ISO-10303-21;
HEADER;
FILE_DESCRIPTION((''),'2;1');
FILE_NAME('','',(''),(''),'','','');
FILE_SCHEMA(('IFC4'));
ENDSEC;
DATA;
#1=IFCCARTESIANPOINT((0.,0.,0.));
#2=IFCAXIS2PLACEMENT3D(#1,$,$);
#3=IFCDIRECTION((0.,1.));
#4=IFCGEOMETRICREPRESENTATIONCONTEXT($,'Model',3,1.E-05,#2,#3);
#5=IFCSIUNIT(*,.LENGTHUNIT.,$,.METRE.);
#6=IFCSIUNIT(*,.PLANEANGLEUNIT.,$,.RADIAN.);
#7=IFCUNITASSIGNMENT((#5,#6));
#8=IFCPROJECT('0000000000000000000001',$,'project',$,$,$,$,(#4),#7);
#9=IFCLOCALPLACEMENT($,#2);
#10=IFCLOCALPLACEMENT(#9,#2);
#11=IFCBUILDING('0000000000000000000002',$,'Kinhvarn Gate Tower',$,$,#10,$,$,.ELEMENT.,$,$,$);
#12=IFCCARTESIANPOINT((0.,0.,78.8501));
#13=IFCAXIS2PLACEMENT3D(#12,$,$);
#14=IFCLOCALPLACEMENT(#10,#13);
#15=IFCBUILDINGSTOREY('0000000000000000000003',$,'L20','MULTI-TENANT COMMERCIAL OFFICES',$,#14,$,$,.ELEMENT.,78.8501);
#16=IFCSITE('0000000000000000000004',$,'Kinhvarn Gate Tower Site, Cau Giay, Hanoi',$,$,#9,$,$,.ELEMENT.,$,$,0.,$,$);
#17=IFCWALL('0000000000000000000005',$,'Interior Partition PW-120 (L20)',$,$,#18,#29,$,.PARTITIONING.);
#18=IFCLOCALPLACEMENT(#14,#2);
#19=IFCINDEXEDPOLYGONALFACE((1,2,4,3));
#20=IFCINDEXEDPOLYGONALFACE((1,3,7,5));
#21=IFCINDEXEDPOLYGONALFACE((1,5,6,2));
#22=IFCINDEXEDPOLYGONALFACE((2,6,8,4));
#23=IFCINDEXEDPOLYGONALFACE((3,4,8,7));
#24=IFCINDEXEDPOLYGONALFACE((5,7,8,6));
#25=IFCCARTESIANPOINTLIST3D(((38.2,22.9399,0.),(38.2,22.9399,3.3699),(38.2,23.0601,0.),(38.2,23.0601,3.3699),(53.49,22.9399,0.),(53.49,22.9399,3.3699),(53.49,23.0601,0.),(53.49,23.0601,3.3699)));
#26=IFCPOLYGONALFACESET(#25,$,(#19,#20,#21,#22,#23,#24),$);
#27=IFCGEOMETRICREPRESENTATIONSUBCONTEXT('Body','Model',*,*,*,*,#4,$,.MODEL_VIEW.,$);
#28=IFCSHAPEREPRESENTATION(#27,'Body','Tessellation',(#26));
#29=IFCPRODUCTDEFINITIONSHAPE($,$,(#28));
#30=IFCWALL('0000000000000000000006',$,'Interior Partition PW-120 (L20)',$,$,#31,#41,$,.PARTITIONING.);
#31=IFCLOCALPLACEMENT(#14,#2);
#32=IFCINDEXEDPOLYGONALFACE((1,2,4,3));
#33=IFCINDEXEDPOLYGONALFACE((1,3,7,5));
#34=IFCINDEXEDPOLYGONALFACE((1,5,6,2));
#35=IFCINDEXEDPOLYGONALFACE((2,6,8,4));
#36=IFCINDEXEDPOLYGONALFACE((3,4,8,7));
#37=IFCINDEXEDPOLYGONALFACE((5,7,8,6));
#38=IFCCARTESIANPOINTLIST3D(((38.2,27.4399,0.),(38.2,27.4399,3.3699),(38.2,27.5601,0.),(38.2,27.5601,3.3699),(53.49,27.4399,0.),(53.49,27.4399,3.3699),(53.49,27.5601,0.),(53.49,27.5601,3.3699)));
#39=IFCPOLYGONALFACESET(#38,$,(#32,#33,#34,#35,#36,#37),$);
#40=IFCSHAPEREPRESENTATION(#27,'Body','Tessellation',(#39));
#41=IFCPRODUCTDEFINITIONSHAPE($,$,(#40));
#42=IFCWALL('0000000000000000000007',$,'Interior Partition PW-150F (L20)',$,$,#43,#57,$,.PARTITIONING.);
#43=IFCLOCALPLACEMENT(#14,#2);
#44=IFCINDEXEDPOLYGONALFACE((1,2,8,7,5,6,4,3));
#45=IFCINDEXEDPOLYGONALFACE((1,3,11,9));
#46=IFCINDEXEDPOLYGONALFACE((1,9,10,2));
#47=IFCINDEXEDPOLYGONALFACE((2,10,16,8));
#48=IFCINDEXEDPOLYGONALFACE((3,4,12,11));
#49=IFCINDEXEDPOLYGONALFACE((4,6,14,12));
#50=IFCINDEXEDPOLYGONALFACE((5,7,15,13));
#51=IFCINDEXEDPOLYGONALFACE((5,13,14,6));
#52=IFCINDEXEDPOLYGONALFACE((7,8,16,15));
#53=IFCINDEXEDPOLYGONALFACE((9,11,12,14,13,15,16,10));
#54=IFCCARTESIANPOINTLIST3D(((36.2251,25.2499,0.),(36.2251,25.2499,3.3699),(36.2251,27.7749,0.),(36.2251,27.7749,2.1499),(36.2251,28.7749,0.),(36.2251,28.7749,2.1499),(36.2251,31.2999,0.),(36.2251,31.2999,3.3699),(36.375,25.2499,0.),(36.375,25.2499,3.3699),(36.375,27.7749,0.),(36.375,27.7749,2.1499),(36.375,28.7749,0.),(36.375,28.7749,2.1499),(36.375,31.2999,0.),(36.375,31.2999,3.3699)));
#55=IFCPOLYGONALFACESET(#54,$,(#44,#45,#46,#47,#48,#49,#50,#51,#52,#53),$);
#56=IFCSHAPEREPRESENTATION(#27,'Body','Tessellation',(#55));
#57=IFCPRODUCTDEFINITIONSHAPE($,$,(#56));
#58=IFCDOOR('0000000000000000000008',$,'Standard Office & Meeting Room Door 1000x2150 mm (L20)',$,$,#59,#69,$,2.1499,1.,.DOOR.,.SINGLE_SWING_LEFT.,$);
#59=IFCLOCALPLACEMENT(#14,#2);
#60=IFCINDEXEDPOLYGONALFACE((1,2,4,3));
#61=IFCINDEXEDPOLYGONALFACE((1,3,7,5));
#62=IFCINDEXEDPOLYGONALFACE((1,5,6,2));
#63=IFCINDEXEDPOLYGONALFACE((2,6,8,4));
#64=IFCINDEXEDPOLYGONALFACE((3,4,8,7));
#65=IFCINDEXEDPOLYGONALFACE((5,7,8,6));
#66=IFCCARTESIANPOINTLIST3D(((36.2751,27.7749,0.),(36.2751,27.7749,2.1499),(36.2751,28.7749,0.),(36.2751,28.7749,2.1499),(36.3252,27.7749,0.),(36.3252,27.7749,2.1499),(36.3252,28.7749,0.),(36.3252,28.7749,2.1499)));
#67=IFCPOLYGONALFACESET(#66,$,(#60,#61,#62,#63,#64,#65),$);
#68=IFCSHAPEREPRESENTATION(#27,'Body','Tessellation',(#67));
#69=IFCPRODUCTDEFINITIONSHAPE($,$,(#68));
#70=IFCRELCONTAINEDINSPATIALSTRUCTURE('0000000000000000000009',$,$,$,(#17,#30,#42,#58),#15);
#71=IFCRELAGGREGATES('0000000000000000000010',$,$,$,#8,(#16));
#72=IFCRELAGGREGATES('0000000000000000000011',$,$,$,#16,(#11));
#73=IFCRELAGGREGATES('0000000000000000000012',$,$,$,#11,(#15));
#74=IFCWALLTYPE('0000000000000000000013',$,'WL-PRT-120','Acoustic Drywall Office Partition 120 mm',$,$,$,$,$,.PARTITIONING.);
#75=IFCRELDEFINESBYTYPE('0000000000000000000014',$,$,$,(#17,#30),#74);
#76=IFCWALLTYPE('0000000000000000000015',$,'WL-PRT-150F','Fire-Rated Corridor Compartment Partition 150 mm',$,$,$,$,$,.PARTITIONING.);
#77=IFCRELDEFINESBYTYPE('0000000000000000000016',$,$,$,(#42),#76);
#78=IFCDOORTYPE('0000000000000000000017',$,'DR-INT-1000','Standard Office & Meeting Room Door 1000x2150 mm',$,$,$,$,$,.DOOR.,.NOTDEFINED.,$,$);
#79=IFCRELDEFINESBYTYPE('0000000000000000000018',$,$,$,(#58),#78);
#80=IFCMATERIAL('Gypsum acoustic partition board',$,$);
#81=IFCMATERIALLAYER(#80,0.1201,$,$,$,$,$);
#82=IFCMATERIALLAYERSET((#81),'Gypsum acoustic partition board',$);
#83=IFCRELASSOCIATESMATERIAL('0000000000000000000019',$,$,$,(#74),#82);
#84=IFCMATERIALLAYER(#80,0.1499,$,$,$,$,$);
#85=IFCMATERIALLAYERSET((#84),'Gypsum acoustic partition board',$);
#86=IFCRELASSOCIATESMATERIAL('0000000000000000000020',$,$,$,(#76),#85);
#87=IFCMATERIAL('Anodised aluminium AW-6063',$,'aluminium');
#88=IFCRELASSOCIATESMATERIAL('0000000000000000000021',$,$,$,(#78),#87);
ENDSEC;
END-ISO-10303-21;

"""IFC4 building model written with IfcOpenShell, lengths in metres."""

from ifc_helpers import new_model, si_unit, direction, frame, frame_2d, origin, place, context, subcontext, project, spatial, rectangle, extrude, material, layer, layer_set, type_object, element, fill, save


model = new_model("IFC4")

# Units and contexts
model_context = context("Model", 3, precision=1e-05, world=origin(), true_north=direction((0.0, 1.0)))
body_context = subcontext(model_context, "Body", "Model", "MODEL_VIEW")
ifc_project = project(units=[si_unit("LENGTHUNIT", "METRE"), si_unit("PLANEANGLEUNIT", "RADIAN")], contexts=[model_context])

# Site, building, storey
site_placement = place(None, origin())
site = spatial("IfcSite", under=ifc_project, at=site_placement, Name="Kinhvarn Gate Tower Site, Cau Giay, Hanoi", CompositionType="ELEMENT", RefElevation=0.0)
building_placement = place(site_placement, origin())
building = spatial("IfcBuilding", under=site, at=building_placement, Name="Kinhvarn Gate Tower", CompositionType="ELEMENT")
storey_placement = place(building_placement, frame((0.0, 0.0, 78.8501)))
storey = spatial("IfcBuildingStorey", under=building, at=storey_placement, Name="L20", Description="MULTI-TENANT COMMERCIAL OFFICES", CompositionType="ELEMENT", Elevation=78.8501)

# Walls
ifc_material_1 = material(Name="Gypsum acoustic partition board")
ifc_layer_1 = layer(ifc_material_1, 0.1201)
ifc_layer_set_1 = layer_set([ifc_layer_1], Name="Gypsum acoustic partition board")
wall_type_1 = type_object("IfcWallType", Name="WL-PRT-120", Description="Acoustic Drywall Office Partition 120 mm", PredefinedType="PARTITIONING", material=ifc_layer_set_1)
for number, where, z_axis, x_axis, name in (
    (1, (38.2, 23.0, 0.0), (0.0, 0.0, 1.0), (1.0, 0.0, 0.0), "Interior Partition PW-120 (L20)"),
    (2, (38.2, 27.5, 0.0), (0.0, 0.0, 1.0), (1.0, 0.0, 0.0), "Interior Partition PW-120 (L20)"),
):
    element("IfcWall", number, at=place(storey_placement, frame(where, z_axis=z_axis, x_axis=x_axis)), inside=storey, type_object=wall_type_1, Name=name, PredefinedType="PARTITIONING", context=body_context, shape_type="SweptSolid", body=[
        extrude(rectangle(XDim=15.29, YDim=0.1201, at=frame_2d((7.645, 0.0))), origin(), (0.0, 0.0, 1.0), 3.3699),
    ])

# Wall, opening, door
ifc_layer_2 = layer(ifc_material_1, 0.1499)
ifc_layer_set_2 = layer_set([ifc_layer_2], Name="Gypsum acoustic partition board")
wall_type_2 = type_object("IfcWallType", Name="WL-PRT-150F", Description="Fire-Rated Corridor Compartment Partition 150 mm", PredefinedType="PARTITIONING", material=ifc_layer_set_2)
wall_1_placement = place(storey_placement, frame((36.3, 25.25, 0.0), z_axis=(0.0, 0.0, 1.0), x_axis=(0.0, 1.0, 0.0)))
wall_1 = element("IfcWall", 3, at=wall_1_placement, inside=storey, type_object=wall_type_2, Name="Interior Partition PW-150F (L20)", PredefinedType="PARTITIONING", context=body_context, shape_type="SweptSolid", body=[
    extrude(rectangle(XDim=6.05, YDim=0.1499, at=frame_2d((3.0249, 0.0))), origin(), (0.0, 0.0, 1.0), 3.3699),
])
opening_1_placement = place(wall_1_placement, frame((2.5249, 0.0, 0.0)))
opening_1 = element("IfcOpeningElement", 4, at=opening_1_placement, cuts=wall_1, PredefinedType="OPENING", context=body_context, shape_type="SweptSolid", body=[
    extrude(rectangle(XDim=1.0, YDim=2.1499, at=frame_2d((0.5, 1.075))), frame((0.0, 0.085, 0.0), z_axis=(0.0, -1.0, 0.0), x_axis=(1.0, 0.0, 0.0)), (0.0, 0.0, 1.0), 0.1699),
])
ifc_material_2 = material(Name="Anodised aluminium AW-6063", Category="aluminium")
door_type = type_object("IfcDoorType", Name="DR-INT-1000", Description="Standard Office & Meeting Room Door 1000x2150 mm", OperationType="NOTDEFINED", PredefinedType="DOOR", material=ifc_material_2)
door_1_placement = place(opening_1_placement, origin())
door_1 = element("IfcDoor", 5, at=door_1_placement, inside=storey, type_object=door_type, Name="Standard Office & Meeting Room Door 1000x2150 mm (L20)", OperationType="SINGLE_SWING_LEFT", OverallHeight=2.1499, OverallWidth=1.0, PredefinedType="DOOR", context=body_context, shape_type="SweptSolid", body=[
    extrude(rectangle(XDim=1.0, YDim=2.1499, at=frame_2d((0.5, 1.075))), frame((0.0, 0.0249, 0.0), z_axis=(0.0, -1.0, 0.0), x_axis=(1.0, 0.0, 0.0)), (0.0, 0.0, 1.0), 0.05),
])
fill(opening_1, door_1)

save(model, "model.ifc")
